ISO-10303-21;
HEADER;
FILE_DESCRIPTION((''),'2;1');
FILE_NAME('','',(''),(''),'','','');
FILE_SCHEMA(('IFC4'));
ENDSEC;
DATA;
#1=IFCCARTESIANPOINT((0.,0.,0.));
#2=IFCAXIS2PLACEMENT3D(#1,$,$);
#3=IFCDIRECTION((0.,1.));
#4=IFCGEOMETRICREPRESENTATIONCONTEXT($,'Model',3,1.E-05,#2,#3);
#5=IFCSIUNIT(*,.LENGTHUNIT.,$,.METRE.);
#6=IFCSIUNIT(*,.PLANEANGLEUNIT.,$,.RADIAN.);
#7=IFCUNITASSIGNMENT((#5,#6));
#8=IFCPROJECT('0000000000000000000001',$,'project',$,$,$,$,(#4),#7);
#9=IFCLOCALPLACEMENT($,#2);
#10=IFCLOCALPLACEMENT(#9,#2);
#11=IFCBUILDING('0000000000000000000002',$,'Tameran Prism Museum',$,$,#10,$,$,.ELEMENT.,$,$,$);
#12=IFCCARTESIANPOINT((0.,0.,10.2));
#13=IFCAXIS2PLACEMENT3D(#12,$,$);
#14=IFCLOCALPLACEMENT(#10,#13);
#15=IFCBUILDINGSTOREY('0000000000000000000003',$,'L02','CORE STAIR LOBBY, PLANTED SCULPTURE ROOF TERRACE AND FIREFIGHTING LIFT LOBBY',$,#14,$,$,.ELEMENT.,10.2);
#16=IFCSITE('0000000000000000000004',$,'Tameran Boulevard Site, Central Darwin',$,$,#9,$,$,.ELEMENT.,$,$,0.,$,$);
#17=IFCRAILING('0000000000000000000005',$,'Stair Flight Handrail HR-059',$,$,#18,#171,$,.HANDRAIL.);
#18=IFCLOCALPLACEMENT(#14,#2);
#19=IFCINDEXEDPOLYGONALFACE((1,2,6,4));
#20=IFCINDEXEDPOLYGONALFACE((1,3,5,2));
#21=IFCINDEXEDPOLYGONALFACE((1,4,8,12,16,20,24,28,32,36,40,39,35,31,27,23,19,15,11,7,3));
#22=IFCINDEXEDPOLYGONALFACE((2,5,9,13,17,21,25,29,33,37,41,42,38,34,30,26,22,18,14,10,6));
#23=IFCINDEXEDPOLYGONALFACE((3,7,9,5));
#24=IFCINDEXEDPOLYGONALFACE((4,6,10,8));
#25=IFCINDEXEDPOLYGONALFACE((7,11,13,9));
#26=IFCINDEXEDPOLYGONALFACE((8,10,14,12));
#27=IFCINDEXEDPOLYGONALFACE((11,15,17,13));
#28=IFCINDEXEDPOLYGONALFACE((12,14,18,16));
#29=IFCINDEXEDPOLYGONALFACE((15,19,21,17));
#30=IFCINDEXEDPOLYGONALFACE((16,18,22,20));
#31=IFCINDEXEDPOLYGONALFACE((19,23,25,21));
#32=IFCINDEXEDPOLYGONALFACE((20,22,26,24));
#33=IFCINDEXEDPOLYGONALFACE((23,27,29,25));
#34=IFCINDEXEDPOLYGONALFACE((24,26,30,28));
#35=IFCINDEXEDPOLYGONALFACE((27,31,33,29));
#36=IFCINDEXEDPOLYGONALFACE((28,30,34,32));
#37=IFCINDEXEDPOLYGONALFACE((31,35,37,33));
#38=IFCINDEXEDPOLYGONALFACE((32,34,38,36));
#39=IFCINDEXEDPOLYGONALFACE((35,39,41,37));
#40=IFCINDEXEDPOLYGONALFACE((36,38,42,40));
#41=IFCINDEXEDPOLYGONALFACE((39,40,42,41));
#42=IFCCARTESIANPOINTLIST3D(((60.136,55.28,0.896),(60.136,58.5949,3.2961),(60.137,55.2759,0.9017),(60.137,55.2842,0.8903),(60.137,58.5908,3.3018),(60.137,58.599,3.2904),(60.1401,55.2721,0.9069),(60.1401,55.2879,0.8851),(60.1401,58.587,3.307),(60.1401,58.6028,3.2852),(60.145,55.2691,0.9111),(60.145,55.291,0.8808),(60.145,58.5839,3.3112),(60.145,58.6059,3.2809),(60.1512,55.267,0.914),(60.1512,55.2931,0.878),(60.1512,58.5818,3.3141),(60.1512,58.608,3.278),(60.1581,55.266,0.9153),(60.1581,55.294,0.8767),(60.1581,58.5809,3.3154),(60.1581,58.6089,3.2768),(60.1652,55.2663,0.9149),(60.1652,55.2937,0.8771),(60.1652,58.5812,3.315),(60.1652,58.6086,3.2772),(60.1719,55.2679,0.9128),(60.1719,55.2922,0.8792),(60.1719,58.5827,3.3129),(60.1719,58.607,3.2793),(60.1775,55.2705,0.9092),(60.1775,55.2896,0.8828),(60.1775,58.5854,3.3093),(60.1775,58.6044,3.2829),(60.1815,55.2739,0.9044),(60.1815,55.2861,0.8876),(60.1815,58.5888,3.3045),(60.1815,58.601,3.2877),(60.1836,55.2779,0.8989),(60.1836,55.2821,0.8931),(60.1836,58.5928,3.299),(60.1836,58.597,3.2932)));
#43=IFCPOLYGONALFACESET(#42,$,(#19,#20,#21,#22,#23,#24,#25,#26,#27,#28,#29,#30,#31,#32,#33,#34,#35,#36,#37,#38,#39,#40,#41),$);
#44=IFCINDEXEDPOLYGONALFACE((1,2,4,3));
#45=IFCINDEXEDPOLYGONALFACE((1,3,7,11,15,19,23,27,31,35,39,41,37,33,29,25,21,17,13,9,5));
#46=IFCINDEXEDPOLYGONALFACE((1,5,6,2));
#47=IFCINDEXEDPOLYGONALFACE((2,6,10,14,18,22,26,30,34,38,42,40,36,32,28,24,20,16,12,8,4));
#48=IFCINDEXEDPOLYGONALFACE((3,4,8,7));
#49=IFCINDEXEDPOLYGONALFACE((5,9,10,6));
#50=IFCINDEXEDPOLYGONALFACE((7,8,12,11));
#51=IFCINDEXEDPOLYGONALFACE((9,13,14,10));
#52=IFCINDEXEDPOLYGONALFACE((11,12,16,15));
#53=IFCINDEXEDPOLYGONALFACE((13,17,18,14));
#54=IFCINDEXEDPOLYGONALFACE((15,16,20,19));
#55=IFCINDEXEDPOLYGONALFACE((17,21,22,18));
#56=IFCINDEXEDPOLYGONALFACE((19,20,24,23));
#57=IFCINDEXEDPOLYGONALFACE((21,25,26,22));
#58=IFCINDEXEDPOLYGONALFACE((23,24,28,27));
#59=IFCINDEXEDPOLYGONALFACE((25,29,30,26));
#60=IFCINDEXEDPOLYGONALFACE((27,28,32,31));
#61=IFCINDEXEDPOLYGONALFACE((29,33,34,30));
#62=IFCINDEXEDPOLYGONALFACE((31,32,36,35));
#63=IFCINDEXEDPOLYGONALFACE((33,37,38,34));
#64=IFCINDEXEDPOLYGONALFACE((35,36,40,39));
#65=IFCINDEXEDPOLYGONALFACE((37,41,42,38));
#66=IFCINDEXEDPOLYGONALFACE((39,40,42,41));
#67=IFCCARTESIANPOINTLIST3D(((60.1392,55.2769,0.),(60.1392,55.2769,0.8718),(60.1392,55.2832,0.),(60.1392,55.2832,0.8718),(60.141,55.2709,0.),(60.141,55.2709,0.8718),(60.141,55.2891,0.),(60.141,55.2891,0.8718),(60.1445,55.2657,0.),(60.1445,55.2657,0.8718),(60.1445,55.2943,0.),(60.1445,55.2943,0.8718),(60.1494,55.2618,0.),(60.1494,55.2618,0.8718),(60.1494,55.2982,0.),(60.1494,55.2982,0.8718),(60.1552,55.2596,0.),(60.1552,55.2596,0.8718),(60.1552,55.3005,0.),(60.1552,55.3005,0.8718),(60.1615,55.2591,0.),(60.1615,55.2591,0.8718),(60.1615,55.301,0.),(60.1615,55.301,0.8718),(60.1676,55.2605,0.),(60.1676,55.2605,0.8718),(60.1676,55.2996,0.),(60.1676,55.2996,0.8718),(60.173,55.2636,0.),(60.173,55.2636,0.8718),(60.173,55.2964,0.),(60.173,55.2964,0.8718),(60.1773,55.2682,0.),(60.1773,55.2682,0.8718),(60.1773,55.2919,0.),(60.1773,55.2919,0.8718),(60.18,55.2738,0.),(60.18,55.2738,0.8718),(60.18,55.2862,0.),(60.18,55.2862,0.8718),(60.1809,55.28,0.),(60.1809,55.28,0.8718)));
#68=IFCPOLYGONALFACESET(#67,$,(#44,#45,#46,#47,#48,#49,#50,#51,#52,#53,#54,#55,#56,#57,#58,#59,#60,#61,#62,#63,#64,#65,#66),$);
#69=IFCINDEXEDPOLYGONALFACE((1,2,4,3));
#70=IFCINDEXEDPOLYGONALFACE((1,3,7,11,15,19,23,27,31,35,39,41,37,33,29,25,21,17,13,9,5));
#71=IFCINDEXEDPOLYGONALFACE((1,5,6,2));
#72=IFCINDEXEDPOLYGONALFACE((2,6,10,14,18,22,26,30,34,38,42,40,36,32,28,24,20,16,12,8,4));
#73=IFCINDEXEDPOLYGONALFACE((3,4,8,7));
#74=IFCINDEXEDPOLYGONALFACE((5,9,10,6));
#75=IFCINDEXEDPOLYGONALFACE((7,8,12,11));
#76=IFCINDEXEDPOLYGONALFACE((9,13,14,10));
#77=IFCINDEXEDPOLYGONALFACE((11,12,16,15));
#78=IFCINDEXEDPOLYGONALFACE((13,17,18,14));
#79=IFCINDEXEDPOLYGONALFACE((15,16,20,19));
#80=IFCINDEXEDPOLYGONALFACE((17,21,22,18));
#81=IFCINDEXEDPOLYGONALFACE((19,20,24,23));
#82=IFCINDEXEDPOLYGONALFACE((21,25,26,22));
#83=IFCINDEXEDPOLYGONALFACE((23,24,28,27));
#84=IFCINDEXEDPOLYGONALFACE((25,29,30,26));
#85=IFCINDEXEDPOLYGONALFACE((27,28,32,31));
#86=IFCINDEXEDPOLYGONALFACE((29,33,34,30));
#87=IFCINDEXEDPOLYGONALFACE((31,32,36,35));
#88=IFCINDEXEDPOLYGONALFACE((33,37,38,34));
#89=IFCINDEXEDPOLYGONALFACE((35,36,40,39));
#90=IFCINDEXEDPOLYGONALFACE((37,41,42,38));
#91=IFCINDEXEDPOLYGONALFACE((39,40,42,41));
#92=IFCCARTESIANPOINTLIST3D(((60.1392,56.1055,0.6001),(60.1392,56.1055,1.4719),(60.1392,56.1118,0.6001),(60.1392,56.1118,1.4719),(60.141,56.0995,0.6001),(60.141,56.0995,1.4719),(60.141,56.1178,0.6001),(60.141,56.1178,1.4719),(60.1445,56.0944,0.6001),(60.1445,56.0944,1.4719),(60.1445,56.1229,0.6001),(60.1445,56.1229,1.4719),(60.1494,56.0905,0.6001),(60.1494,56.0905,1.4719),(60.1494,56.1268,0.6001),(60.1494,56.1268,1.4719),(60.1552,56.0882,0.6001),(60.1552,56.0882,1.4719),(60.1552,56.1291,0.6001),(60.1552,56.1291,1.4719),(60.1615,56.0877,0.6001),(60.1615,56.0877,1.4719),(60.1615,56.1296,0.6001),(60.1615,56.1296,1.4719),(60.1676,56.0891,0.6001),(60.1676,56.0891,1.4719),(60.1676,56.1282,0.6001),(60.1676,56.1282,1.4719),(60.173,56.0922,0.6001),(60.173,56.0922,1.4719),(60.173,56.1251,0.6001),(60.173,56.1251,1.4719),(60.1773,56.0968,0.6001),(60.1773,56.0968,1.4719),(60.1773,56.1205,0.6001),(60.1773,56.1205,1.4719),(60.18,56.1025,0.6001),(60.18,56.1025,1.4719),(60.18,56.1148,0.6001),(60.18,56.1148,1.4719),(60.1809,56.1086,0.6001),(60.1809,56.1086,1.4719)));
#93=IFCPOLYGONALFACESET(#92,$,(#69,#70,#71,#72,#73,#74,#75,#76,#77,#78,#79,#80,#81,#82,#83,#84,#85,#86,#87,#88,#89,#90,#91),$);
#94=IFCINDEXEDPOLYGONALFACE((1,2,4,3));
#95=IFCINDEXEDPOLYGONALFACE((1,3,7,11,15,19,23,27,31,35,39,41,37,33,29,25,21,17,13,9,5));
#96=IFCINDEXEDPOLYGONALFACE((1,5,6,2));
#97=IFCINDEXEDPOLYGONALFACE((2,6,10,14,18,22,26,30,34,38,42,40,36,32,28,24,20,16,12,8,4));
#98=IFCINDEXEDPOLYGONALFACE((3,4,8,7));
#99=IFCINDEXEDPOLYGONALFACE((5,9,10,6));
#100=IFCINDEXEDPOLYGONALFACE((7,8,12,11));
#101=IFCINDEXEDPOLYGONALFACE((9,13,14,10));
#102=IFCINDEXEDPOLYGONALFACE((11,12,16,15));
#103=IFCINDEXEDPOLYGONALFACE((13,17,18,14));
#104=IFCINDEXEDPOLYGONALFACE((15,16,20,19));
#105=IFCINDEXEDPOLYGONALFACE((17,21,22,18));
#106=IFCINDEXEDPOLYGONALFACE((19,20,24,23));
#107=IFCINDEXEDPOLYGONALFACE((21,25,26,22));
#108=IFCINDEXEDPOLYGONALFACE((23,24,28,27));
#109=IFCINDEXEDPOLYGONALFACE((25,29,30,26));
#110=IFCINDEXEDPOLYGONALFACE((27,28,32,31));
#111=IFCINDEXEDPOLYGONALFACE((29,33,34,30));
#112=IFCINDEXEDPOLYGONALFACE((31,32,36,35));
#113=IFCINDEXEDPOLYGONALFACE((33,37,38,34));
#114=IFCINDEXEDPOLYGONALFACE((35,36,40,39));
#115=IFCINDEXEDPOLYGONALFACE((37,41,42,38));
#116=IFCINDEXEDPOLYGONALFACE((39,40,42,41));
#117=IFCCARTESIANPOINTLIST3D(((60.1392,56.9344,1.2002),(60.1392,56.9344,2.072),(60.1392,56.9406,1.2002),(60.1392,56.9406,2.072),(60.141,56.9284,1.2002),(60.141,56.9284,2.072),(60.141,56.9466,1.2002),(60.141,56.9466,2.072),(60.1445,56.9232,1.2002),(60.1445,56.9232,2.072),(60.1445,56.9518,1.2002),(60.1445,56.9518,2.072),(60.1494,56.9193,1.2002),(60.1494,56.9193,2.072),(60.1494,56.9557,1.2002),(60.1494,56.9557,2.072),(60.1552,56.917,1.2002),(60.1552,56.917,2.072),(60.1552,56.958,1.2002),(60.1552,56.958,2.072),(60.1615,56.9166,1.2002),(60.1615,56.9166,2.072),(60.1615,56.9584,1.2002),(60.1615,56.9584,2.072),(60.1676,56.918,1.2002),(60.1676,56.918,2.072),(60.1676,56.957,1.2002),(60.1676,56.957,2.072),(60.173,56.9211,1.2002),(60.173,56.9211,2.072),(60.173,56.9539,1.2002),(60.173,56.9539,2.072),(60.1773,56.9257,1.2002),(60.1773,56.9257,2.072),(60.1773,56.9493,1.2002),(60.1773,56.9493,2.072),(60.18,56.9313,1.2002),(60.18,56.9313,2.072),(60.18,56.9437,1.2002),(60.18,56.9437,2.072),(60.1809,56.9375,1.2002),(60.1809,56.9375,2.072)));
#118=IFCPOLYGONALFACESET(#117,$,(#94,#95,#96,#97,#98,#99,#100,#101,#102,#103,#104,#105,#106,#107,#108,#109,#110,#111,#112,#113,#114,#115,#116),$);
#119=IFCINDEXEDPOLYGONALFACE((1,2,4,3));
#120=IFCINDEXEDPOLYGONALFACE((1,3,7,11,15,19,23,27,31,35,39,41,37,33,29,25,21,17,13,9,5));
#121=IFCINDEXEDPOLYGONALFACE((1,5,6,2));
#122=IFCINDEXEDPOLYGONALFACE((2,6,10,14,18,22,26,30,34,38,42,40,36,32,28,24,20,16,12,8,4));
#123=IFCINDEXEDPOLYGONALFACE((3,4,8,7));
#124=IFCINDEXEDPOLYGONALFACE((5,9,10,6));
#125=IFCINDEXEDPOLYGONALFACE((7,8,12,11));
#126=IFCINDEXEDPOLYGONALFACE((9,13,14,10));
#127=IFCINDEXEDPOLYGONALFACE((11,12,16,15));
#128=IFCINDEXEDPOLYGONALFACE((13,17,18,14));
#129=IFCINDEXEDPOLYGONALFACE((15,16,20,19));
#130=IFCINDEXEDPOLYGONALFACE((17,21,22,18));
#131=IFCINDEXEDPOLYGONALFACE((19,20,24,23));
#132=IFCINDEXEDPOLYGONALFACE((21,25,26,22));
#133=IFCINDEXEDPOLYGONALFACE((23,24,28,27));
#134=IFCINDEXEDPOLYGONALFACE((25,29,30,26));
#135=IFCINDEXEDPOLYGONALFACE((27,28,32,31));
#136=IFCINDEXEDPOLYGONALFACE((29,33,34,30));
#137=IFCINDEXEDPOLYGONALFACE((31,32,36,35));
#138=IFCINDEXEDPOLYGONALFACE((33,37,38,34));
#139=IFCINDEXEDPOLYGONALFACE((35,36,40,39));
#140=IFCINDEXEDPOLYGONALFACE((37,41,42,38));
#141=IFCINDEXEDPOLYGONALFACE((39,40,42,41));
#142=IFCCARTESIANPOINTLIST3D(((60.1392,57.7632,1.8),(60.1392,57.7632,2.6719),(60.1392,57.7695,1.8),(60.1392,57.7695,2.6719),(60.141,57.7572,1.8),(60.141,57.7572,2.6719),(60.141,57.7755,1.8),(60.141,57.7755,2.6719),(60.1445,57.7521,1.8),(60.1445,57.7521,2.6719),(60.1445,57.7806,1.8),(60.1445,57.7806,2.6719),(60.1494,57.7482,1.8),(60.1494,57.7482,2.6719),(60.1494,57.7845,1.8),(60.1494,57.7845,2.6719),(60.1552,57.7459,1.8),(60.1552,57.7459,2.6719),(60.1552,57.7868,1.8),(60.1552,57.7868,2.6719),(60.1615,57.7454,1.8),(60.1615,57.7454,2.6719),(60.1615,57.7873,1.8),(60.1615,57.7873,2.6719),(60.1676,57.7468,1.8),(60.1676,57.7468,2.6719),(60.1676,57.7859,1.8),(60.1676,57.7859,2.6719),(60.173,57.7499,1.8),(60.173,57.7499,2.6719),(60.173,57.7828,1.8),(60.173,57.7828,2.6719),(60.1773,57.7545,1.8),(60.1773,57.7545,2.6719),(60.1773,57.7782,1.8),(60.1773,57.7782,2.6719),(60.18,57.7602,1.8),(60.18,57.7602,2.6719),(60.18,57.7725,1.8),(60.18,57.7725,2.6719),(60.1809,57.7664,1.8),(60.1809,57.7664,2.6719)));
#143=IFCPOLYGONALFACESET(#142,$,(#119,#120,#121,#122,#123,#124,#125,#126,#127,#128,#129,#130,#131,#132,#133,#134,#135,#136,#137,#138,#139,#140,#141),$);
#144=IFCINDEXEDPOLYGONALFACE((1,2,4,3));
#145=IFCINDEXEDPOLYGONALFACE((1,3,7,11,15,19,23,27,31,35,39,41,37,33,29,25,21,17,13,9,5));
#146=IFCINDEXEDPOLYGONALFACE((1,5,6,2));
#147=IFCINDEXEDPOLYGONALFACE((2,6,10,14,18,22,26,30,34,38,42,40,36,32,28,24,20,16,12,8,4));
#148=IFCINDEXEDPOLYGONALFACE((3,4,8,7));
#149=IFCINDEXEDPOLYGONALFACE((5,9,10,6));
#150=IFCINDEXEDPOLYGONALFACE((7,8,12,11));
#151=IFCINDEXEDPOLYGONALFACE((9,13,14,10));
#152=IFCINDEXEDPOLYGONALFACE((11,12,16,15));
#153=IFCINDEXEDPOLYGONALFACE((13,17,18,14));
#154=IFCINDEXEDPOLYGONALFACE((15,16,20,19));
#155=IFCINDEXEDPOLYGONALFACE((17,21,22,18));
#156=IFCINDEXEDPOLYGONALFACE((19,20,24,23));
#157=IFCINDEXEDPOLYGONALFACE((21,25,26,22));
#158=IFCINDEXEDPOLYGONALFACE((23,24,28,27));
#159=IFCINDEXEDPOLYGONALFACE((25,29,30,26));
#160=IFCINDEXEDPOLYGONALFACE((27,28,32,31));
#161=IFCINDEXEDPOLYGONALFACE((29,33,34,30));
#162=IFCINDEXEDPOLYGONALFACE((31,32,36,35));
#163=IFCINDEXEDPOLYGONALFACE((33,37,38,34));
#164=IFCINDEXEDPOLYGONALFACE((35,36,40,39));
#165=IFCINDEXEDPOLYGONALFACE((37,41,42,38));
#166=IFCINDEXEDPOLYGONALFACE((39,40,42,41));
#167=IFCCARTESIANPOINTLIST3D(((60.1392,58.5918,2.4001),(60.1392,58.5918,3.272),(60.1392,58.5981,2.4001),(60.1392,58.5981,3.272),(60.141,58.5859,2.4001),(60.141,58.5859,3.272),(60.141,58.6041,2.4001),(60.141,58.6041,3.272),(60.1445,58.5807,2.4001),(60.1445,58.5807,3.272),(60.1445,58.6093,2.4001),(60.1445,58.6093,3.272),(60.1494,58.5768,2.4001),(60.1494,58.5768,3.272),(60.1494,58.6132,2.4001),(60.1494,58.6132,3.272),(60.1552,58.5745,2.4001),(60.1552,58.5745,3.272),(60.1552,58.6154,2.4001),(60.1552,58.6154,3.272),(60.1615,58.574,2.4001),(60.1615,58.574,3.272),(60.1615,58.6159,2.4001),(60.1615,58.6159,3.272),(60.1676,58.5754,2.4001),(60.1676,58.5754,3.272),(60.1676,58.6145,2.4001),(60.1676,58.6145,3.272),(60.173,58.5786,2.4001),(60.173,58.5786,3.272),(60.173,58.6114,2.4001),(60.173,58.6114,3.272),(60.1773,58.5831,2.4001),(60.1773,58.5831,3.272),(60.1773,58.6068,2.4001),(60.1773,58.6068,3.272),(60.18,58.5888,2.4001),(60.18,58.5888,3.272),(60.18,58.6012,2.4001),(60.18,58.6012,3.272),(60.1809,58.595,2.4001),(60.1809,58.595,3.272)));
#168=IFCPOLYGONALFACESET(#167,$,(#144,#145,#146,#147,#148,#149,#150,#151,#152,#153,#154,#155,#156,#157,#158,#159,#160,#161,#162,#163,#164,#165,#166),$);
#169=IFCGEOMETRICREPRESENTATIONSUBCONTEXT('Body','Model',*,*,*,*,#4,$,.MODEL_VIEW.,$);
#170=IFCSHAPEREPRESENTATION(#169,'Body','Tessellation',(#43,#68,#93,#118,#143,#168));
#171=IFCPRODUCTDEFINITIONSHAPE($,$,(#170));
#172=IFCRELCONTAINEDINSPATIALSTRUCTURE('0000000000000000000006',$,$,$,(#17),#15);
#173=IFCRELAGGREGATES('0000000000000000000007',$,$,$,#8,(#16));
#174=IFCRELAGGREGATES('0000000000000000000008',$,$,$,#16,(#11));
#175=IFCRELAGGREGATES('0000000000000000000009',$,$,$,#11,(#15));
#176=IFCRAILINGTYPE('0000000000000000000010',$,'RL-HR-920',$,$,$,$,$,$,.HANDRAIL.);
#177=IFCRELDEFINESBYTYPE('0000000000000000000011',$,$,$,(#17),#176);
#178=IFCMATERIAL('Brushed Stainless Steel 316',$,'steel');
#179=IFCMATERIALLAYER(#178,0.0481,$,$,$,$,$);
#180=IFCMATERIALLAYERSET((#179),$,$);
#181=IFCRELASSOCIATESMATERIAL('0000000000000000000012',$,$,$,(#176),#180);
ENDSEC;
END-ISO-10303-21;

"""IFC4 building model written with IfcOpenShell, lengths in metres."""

from ifc_helpers import new_model, si_unit, direction, frame, origin, origin_2d, place, context, subcontext, project, spatial, circle, extrude, material, layer, layer_set, type_object, element, save


model = new_model("IFC4")

# Units and contexts
model_context = context("Model", 3, precision=1e-05, world=origin(), true_north=direction((0.0, 1.0)))
body_context = subcontext(model_context, "Body", "Model", "MODEL_VIEW")
ifc_project = project(units=[si_unit("LENGTHUNIT", "METRE"), si_unit("PLANEANGLEUNIT", "RADIAN")], contexts=[model_context])

# Site, building, storey
site_placement = place(None, origin())
site = spatial("IfcSite", under=ifc_project, at=site_placement, Name="Tameran Boulevard Site, Central Darwin", CompositionType="ELEMENT", RefElevation=0.0)
building_placement = place(site_placement, origin())
building = spatial("IfcBuilding", under=site, at=building_placement, Name="Tameran Prism Museum", CompositionType="ELEMENT")
storey_placement = place(building_placement, frame((0.0, 0.0, 10.2)))
storey = spatial("IfcBuildingStorey", under=building, at=storey_placement, Name="L02", Description="CORE STAIR LOBBY, PLANTED SCULPTURE ROOF TERRACE AND FIREFIGHTING LIFT LOBBY", CompositionType="ELEMENT", Elevation=10.2)

# Railing
ifc_material_1 = material(Name="Brushed Stainless Steel 316", Category="steel")
ifc_layer_1 = layer(ifc_material_1, 0.0481)
ifc_layer_set_1 = layer_set([ifc_layer_1])
railing_type_1 = type_object("IfcRailingType", Name="RL-HR-920", PredefinedType="HANDRAIL", material=ifc_layer_set_1)
railing_1_placement = place(storey_placement, frame((60.1599, 55.28, 0.0)))
element("IfcRailing", 1, at=railing_1_placement, inside=storey, type_object=railing_type_1, Name="Stair Flight Handrail HR-059", PredefinedType="HANDRAIL", context=body_context, shape_type="SweptSolid", body=[
    extrude(circle(Radius=0.0239, at=origin_2d()), frame((0.0, 0.0, 0.896), z_axis=(0.0, 0.80998, 0.586457), x_axis=(-1.0, 0.0, 0.0)), (0.0, 0.0, 1.0), 4.0925),
    extrude(circle(Radius=0.021, at=origin_2d()), origin(), (0.0, 0.0, 1.0), 0.8718),
    extrude(circle(Radius=0.021, at=origin_2d()), frame((0.0, 0.8286, 0.6001)), (0.0, 0.0, 1.0), 0.8718),
    extrude(circle(Radius=0.021, at=origin_2d()), frame((0.0, 1.6575, 1.2002)), (0.0, 0.0, 1.0), 0.8718),
    extrude(circle(Radius=0.021, at=origin_2d()), frame((0.0, 2.4863, 1.8)), (0.0, 0.0, 1.0), 0.8718),
    extrude(circle(Radius=0.021, at=origin_2d()), frame((0.0, 3.3149, 2.4001)), (0.0, 0.0, 1.0), 0.8718),
])

save(model, "model.ifc")
